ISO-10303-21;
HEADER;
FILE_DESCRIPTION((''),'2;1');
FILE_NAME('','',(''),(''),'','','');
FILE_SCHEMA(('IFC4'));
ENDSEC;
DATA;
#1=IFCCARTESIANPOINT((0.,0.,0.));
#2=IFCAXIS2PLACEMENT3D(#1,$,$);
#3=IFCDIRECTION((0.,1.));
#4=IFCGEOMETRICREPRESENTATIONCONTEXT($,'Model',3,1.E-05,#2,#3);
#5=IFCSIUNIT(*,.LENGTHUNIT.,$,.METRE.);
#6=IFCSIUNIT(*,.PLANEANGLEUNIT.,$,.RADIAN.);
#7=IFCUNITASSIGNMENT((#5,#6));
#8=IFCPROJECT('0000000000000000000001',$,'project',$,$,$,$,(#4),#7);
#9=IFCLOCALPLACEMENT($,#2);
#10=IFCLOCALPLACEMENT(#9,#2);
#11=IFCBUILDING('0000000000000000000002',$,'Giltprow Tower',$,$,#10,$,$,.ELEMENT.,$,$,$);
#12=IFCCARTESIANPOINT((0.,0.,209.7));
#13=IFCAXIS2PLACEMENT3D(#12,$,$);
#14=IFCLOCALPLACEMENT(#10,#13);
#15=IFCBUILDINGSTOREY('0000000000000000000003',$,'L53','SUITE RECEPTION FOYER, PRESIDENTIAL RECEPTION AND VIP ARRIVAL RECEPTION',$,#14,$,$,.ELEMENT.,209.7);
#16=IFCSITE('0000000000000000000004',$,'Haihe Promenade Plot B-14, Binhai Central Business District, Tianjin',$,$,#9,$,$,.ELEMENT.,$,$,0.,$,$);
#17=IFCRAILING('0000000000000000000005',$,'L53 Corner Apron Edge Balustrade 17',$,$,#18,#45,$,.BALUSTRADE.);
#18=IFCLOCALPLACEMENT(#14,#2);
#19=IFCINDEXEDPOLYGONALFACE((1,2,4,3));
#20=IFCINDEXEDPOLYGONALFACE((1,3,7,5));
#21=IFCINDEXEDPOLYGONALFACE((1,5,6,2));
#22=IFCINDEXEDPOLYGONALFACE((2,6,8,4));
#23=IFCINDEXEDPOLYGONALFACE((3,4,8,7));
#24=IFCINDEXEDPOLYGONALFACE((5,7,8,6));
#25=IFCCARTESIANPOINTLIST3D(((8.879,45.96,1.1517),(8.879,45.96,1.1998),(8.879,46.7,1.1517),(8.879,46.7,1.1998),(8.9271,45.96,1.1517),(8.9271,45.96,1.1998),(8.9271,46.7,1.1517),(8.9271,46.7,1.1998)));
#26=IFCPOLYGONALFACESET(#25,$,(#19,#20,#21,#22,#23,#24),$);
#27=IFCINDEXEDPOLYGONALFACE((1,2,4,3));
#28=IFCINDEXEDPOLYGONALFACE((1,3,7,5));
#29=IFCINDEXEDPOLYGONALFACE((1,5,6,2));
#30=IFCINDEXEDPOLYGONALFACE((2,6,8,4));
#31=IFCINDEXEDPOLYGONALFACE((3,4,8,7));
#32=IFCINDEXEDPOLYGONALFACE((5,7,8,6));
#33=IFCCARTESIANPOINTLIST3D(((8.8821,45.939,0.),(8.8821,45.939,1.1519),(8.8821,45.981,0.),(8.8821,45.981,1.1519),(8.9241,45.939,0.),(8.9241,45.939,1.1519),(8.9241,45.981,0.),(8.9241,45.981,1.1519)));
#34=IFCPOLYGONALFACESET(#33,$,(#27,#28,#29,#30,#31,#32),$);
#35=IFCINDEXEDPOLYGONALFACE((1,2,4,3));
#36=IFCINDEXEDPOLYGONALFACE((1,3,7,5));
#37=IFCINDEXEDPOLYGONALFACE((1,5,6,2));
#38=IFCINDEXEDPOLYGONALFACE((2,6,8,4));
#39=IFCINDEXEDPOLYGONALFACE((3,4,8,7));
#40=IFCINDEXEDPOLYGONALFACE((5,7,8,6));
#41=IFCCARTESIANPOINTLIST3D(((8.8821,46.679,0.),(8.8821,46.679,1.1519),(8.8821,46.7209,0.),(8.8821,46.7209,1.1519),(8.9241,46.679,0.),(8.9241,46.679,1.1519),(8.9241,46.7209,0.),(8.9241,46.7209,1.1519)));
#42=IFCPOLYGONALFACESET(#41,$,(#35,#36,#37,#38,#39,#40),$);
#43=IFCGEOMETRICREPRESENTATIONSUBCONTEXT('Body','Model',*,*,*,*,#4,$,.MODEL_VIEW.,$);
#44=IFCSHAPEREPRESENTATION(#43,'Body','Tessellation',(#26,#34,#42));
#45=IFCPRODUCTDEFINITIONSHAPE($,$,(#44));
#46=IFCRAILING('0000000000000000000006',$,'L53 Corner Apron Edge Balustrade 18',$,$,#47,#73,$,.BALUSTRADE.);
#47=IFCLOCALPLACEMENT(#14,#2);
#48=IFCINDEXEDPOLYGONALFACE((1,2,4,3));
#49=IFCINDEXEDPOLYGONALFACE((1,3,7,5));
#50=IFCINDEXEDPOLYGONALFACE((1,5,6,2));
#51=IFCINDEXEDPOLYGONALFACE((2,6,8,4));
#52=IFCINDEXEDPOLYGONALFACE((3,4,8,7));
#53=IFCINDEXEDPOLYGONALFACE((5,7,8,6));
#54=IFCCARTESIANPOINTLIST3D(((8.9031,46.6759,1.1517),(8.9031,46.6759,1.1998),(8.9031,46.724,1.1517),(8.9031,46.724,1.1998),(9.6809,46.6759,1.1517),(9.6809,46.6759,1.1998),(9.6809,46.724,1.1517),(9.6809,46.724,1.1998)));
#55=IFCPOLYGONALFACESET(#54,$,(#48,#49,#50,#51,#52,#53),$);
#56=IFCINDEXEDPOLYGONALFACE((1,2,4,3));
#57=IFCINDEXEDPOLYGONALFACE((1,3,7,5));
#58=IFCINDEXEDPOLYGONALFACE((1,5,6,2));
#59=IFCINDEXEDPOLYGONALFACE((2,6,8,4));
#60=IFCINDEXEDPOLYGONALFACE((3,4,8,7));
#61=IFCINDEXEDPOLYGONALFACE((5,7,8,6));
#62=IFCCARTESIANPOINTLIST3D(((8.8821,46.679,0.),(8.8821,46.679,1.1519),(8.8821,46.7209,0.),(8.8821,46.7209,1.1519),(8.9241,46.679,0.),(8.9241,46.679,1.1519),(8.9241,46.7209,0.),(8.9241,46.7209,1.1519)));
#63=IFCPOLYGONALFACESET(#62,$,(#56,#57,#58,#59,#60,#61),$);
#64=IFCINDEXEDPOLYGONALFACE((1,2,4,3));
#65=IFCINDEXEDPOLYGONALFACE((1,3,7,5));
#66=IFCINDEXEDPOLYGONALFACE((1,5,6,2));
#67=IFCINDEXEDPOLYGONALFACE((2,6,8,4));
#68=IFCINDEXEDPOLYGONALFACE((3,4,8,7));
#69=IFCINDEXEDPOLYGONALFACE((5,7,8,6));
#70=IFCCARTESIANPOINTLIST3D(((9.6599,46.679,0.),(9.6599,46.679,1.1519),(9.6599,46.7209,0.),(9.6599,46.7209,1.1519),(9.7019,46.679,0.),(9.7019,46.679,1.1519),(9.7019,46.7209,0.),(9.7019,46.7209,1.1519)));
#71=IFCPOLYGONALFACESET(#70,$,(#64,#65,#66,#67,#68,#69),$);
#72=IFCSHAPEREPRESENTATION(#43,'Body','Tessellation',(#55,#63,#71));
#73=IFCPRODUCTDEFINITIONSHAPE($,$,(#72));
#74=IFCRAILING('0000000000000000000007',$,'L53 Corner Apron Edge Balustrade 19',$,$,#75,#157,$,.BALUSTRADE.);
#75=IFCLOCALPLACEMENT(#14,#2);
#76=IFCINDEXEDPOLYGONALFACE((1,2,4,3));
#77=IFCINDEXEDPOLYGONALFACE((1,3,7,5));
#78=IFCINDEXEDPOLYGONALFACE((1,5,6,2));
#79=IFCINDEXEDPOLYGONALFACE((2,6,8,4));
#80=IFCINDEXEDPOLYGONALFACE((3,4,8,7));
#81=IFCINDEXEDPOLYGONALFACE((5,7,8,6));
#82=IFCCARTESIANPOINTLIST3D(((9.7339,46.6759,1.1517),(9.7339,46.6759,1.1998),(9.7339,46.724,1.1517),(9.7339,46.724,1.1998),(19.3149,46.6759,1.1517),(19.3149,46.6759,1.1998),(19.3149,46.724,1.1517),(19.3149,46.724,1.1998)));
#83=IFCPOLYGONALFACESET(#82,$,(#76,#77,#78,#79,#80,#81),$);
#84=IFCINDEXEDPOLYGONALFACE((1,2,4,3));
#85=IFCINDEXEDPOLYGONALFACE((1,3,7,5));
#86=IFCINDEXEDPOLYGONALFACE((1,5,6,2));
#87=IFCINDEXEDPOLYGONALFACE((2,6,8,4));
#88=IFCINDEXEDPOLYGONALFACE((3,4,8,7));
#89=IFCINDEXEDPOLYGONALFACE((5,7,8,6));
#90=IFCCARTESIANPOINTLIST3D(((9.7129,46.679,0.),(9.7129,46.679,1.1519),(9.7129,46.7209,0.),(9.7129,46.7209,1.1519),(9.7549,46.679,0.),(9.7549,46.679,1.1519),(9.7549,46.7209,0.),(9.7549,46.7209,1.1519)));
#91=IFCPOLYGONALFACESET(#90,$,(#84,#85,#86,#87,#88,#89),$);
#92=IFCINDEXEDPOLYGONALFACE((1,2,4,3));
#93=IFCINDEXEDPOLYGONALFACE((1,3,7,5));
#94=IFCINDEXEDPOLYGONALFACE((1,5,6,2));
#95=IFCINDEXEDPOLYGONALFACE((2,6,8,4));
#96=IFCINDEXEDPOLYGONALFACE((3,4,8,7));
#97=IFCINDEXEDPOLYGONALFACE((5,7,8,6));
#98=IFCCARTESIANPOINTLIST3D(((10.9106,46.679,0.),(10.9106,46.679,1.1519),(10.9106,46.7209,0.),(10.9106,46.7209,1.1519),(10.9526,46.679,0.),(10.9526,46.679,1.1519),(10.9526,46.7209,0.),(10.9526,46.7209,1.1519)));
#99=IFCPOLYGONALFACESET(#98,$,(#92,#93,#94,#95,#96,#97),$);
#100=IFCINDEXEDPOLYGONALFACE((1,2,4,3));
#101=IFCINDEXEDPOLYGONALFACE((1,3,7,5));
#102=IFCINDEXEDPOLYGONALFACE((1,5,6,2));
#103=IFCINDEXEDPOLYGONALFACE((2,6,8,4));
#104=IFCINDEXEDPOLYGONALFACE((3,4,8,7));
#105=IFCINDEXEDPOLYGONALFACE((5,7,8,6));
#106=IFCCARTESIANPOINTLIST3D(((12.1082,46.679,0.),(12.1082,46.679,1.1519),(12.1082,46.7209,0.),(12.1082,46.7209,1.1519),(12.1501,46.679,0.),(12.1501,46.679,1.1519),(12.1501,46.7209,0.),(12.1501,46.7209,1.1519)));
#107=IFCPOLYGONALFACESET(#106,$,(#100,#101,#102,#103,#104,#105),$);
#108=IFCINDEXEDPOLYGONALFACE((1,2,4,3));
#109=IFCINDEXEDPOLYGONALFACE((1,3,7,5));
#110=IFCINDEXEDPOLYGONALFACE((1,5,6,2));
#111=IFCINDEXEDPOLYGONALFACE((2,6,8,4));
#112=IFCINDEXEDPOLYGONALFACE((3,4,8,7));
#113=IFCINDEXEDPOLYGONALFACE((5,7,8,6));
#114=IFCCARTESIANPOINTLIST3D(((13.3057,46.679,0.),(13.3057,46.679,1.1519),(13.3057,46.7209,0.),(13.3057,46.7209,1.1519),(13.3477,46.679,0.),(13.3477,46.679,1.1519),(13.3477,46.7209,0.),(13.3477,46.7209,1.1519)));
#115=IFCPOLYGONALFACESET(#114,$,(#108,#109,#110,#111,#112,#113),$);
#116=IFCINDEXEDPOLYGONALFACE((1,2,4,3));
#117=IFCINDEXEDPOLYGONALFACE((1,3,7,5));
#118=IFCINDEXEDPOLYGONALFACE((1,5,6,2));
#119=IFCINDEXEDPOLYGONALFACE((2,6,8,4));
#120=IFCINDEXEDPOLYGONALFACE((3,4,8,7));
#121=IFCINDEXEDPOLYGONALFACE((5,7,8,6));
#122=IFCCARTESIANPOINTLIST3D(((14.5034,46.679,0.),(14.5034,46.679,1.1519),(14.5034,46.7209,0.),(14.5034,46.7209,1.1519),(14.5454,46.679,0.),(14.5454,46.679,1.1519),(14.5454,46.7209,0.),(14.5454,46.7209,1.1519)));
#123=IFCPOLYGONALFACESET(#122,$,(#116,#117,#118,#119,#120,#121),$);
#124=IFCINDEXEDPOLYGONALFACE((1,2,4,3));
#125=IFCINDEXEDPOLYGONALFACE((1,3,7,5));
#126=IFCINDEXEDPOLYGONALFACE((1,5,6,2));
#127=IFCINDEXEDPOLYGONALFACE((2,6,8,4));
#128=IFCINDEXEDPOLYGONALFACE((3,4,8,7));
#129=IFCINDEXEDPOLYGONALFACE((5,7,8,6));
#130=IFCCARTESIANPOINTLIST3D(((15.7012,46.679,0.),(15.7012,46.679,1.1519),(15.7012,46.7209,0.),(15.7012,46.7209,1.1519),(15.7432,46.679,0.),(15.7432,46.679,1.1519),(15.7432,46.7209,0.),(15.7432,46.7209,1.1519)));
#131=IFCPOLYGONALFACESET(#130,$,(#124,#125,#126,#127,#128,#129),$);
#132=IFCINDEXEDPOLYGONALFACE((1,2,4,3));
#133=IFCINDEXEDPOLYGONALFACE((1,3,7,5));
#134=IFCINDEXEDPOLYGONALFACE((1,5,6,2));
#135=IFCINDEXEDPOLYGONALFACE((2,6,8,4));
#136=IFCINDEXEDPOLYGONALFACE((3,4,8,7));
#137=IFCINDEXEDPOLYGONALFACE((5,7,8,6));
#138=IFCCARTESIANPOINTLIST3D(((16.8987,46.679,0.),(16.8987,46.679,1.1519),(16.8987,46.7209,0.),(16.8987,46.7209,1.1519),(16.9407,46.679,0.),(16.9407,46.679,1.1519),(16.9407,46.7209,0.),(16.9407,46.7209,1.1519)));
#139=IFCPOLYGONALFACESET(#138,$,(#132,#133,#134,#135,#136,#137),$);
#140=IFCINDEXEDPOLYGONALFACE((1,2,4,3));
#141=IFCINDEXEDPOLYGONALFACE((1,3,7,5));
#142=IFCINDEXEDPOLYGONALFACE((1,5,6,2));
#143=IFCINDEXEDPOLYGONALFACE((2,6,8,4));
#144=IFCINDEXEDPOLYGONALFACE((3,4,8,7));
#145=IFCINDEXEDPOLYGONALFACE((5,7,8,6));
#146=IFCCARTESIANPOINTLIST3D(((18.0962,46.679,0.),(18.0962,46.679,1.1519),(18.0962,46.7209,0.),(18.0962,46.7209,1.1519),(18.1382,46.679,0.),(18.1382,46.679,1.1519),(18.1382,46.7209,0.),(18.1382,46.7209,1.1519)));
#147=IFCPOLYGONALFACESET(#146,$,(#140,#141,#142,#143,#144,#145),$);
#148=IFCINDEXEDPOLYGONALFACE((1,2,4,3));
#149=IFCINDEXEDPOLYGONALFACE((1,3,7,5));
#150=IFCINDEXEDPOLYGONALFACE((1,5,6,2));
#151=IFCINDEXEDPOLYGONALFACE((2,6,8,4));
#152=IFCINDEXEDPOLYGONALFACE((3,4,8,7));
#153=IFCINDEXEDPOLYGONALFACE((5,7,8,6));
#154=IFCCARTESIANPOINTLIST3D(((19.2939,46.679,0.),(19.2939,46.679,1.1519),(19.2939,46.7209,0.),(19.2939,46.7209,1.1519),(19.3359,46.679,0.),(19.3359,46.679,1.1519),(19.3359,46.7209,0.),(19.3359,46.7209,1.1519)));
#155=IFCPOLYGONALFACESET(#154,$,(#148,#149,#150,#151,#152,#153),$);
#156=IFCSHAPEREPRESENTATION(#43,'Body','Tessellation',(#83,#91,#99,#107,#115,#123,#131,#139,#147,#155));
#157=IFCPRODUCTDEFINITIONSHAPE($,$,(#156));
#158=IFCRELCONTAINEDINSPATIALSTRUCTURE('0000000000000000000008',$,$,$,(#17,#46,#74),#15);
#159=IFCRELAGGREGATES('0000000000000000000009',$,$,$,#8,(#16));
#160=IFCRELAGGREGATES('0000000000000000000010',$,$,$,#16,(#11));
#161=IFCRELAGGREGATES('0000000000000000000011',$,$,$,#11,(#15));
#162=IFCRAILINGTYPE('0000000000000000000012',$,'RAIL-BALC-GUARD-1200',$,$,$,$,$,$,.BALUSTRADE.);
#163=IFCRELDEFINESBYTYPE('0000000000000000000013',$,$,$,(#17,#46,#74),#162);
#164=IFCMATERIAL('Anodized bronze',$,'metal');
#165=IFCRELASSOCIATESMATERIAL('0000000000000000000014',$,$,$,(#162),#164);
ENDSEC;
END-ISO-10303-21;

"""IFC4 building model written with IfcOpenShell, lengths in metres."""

from ifc_helpers import new_model, si_unit, direction, frame, origin, origin_2d, place, context, subcontext, project, spatial, rectangle, extrude, material, type_object, element, save


model = new_model("IFC4")

# Units and contexts
model_context = context("Model", 3, precision=1e-05, world=origin(), true_north=direction((0.0, 1.0)))
body_context = subcontext(model_context, "Body", "Model", "MODEL_VIEW")
ifc_project = project(units=[si_unit("LENGTHUNIT", "METRE"), si_unit("PLANEANGLEUNIT", "RADIAN")], contexts=[model_context])

# Site, building, storey
site_placement = place(None, origin())
site = spatial("IfcSite", under=ifc_project, at=site_placement, Name="Haihe Promenade Plot B-14, Binhai Central Business District, Tianjin", CompositionType="ELEMENT", RefElevation=0.0)
building_placement = place(site_placement, origin())
building = spatial("IfcBuilding", under=site, at=building_placement, Name="Giltprow Tower", CompositionType="ELEMENT")
storey_placement = place(building_placement, frame((0.0, 0.0, 209.7)))
storey = spatial("IfcBuildingStorey", under=building, at=storey_placement, Name="L53", Description="SUITE RECEPTION FOYER, PRESIDENTIAL RECEPTION AND VIP ARRIVAL RECEPTION", CompositionType="ELEMENT", Elevation=209.7)

# Railings
ifc_material_1 = material(Name="Anodized bronze", Category="metal")
railing_type = type_object("IfcRailingType", Name="RAIL-BALC-GUARD-1200", PredefinedType="BALUSTRADE", material=ifc_material_1)
railing_1_placement = place(storey_placement, frame((8.9031, 45.96, 0.0)))
element("IfcRailing", 1, at=railing_1_placement, inside=storey, type_object=railing_type, Name="L53 Corner Apron Edge Balustrade 17", PredefinedType="BALUSTRADE", context=body_context, shape_type="SweptSolid", body=[
    extrude(rectangle(XDim=0.0481, YDim=0.0481, at=origin_2d()), frame((0.0, 0.0, 1.1758), z_axis=(0.0, 1.0, 0.0), x_axis=(-1.0, 0.0, 0.0)), (0.0, 0.0, 1.0), 0.74),
    extrude(rectangle(XDim=0.042, YDim=0.042, at=origin_2d()), origin(), (0.0, 0.0, 1.0), 1.1519),
    extrude(rectangle(XDim=0.042, YDim=0.042, at=origin_2d()), frame((0.0, 0.74, 0.0)), (0.0, 0.0, 1.0), 1.1519),
])
railing_2_placement = place(storey_placement, frame((8.9031, 46.7, 0.0)))
element("IfcRailing", 2, at=railing_2_placement, inside=storey, type_object=railing_type, Name="L53 Corner Apron Edge Balustrade 18", PredefinedType="BALUSTRADE", context=body_context, shape_type="SweptSolid", body=[
    extrude(rectangle(XDim=0.0481, YDim=0.0481, at=origin_2d()), frame((0.0, 0.0, 1.1758), z_axis=(1.0, 0.0, 0.0), x_axis=(0.0, 1.0, 0.0)), (0.0, 0.0, 1.0), 0.7778),
    extrude(rectangle(XDim=0.042, YDim=0.042, at=origin_2d()), origin(), (0.0, 0.0, 1.0), 1.1519),
    extrude(rectangle(XDim=0.042, YDim=0.042, at=origin_2d()), frame((0.7778, 0.0, 0.0)), (0.0, 0.0, 1.0), 1.1519),
])
railing_3_placement = place(storey_placement, frame((9.7339, 46.7, 0.0)))
element("IfcRailing", 3, at=railing_3_placement, inside=storey, type_object=railing_type, Name="L53 Corner Apron Edge Balustrade 19", PredefinedType="BALUSTRADE", context=body_context, shape_type="SweptSolid", body=[
    extrude(rectangle(XDim=0.0481, YDim=0.0481, at=origin_2d()), frame((0.0, 0.0, 1.1758), z_axis=(1.0, 0.0, 0.0), x_axis=(0.0, 1.0, 0.0)), (0.0, 0.0, 1.0), 9.5811),
    extrude(rectangle(XDim=0.042, YDim=0.042, at=origin_2d()), origin(), (0.0, 0.0, 1.0), 1.1519),
    extrude(rectangle(XDim=0.042, YDim=0.042, at=origin_2d()), frame((1.1978, 0.0, 0.0)), (0.0, 0.0, 1.0), 1.1519),
    extrude(rectangle(XDim=0.042, YDim=0.042, at=origin_2d()), frame((2.3953, 0.0, 0.0)), (0.0, 0.0, 1.0), 1.1519),
    extrude(rectangle(XDim=0.042, YDim=0.042, at=origin_2d()), frame((3.5928, 0.0, 0.0)), (0.0, 0.0, 1.0), 1.1519),
    extrude(rectangle(XDim=0.042, YDim=0.042, at=origin_2d()), frame((4.7905, 0.0, 0.0)), (0.0, 0.0, 1.0), 1.1519),
    extrude(rectangle(XDim=0.042, YDim=0.042, at=origin_2d()), frame((5.9883, 0.0, 0.0)), (0.0, 0.0, 1.0), 1.1519),
    extrude(rectangle(XDim=0.042, YDim=0.042, at=origin_2d()), frame((7.1858, 0.0, 0.0)), (0.0, 0.0, 1.0), 1.1519),
    extrude(rectangle(XDim=0.042, YDim=0.042, at=origin_2d()), frame((8.3833, 0.0, 0.0)), (0.0, 0.0, 1.0), 1.1519),
    extrude(rectangle(XDim=0.042, YDim=0.042, at=origin_2d()), frame((9.5811, 0.0, 0.0)), (0.0, 0.0, 1.0), 1.1519),
])

save(model, "model.ifc")
